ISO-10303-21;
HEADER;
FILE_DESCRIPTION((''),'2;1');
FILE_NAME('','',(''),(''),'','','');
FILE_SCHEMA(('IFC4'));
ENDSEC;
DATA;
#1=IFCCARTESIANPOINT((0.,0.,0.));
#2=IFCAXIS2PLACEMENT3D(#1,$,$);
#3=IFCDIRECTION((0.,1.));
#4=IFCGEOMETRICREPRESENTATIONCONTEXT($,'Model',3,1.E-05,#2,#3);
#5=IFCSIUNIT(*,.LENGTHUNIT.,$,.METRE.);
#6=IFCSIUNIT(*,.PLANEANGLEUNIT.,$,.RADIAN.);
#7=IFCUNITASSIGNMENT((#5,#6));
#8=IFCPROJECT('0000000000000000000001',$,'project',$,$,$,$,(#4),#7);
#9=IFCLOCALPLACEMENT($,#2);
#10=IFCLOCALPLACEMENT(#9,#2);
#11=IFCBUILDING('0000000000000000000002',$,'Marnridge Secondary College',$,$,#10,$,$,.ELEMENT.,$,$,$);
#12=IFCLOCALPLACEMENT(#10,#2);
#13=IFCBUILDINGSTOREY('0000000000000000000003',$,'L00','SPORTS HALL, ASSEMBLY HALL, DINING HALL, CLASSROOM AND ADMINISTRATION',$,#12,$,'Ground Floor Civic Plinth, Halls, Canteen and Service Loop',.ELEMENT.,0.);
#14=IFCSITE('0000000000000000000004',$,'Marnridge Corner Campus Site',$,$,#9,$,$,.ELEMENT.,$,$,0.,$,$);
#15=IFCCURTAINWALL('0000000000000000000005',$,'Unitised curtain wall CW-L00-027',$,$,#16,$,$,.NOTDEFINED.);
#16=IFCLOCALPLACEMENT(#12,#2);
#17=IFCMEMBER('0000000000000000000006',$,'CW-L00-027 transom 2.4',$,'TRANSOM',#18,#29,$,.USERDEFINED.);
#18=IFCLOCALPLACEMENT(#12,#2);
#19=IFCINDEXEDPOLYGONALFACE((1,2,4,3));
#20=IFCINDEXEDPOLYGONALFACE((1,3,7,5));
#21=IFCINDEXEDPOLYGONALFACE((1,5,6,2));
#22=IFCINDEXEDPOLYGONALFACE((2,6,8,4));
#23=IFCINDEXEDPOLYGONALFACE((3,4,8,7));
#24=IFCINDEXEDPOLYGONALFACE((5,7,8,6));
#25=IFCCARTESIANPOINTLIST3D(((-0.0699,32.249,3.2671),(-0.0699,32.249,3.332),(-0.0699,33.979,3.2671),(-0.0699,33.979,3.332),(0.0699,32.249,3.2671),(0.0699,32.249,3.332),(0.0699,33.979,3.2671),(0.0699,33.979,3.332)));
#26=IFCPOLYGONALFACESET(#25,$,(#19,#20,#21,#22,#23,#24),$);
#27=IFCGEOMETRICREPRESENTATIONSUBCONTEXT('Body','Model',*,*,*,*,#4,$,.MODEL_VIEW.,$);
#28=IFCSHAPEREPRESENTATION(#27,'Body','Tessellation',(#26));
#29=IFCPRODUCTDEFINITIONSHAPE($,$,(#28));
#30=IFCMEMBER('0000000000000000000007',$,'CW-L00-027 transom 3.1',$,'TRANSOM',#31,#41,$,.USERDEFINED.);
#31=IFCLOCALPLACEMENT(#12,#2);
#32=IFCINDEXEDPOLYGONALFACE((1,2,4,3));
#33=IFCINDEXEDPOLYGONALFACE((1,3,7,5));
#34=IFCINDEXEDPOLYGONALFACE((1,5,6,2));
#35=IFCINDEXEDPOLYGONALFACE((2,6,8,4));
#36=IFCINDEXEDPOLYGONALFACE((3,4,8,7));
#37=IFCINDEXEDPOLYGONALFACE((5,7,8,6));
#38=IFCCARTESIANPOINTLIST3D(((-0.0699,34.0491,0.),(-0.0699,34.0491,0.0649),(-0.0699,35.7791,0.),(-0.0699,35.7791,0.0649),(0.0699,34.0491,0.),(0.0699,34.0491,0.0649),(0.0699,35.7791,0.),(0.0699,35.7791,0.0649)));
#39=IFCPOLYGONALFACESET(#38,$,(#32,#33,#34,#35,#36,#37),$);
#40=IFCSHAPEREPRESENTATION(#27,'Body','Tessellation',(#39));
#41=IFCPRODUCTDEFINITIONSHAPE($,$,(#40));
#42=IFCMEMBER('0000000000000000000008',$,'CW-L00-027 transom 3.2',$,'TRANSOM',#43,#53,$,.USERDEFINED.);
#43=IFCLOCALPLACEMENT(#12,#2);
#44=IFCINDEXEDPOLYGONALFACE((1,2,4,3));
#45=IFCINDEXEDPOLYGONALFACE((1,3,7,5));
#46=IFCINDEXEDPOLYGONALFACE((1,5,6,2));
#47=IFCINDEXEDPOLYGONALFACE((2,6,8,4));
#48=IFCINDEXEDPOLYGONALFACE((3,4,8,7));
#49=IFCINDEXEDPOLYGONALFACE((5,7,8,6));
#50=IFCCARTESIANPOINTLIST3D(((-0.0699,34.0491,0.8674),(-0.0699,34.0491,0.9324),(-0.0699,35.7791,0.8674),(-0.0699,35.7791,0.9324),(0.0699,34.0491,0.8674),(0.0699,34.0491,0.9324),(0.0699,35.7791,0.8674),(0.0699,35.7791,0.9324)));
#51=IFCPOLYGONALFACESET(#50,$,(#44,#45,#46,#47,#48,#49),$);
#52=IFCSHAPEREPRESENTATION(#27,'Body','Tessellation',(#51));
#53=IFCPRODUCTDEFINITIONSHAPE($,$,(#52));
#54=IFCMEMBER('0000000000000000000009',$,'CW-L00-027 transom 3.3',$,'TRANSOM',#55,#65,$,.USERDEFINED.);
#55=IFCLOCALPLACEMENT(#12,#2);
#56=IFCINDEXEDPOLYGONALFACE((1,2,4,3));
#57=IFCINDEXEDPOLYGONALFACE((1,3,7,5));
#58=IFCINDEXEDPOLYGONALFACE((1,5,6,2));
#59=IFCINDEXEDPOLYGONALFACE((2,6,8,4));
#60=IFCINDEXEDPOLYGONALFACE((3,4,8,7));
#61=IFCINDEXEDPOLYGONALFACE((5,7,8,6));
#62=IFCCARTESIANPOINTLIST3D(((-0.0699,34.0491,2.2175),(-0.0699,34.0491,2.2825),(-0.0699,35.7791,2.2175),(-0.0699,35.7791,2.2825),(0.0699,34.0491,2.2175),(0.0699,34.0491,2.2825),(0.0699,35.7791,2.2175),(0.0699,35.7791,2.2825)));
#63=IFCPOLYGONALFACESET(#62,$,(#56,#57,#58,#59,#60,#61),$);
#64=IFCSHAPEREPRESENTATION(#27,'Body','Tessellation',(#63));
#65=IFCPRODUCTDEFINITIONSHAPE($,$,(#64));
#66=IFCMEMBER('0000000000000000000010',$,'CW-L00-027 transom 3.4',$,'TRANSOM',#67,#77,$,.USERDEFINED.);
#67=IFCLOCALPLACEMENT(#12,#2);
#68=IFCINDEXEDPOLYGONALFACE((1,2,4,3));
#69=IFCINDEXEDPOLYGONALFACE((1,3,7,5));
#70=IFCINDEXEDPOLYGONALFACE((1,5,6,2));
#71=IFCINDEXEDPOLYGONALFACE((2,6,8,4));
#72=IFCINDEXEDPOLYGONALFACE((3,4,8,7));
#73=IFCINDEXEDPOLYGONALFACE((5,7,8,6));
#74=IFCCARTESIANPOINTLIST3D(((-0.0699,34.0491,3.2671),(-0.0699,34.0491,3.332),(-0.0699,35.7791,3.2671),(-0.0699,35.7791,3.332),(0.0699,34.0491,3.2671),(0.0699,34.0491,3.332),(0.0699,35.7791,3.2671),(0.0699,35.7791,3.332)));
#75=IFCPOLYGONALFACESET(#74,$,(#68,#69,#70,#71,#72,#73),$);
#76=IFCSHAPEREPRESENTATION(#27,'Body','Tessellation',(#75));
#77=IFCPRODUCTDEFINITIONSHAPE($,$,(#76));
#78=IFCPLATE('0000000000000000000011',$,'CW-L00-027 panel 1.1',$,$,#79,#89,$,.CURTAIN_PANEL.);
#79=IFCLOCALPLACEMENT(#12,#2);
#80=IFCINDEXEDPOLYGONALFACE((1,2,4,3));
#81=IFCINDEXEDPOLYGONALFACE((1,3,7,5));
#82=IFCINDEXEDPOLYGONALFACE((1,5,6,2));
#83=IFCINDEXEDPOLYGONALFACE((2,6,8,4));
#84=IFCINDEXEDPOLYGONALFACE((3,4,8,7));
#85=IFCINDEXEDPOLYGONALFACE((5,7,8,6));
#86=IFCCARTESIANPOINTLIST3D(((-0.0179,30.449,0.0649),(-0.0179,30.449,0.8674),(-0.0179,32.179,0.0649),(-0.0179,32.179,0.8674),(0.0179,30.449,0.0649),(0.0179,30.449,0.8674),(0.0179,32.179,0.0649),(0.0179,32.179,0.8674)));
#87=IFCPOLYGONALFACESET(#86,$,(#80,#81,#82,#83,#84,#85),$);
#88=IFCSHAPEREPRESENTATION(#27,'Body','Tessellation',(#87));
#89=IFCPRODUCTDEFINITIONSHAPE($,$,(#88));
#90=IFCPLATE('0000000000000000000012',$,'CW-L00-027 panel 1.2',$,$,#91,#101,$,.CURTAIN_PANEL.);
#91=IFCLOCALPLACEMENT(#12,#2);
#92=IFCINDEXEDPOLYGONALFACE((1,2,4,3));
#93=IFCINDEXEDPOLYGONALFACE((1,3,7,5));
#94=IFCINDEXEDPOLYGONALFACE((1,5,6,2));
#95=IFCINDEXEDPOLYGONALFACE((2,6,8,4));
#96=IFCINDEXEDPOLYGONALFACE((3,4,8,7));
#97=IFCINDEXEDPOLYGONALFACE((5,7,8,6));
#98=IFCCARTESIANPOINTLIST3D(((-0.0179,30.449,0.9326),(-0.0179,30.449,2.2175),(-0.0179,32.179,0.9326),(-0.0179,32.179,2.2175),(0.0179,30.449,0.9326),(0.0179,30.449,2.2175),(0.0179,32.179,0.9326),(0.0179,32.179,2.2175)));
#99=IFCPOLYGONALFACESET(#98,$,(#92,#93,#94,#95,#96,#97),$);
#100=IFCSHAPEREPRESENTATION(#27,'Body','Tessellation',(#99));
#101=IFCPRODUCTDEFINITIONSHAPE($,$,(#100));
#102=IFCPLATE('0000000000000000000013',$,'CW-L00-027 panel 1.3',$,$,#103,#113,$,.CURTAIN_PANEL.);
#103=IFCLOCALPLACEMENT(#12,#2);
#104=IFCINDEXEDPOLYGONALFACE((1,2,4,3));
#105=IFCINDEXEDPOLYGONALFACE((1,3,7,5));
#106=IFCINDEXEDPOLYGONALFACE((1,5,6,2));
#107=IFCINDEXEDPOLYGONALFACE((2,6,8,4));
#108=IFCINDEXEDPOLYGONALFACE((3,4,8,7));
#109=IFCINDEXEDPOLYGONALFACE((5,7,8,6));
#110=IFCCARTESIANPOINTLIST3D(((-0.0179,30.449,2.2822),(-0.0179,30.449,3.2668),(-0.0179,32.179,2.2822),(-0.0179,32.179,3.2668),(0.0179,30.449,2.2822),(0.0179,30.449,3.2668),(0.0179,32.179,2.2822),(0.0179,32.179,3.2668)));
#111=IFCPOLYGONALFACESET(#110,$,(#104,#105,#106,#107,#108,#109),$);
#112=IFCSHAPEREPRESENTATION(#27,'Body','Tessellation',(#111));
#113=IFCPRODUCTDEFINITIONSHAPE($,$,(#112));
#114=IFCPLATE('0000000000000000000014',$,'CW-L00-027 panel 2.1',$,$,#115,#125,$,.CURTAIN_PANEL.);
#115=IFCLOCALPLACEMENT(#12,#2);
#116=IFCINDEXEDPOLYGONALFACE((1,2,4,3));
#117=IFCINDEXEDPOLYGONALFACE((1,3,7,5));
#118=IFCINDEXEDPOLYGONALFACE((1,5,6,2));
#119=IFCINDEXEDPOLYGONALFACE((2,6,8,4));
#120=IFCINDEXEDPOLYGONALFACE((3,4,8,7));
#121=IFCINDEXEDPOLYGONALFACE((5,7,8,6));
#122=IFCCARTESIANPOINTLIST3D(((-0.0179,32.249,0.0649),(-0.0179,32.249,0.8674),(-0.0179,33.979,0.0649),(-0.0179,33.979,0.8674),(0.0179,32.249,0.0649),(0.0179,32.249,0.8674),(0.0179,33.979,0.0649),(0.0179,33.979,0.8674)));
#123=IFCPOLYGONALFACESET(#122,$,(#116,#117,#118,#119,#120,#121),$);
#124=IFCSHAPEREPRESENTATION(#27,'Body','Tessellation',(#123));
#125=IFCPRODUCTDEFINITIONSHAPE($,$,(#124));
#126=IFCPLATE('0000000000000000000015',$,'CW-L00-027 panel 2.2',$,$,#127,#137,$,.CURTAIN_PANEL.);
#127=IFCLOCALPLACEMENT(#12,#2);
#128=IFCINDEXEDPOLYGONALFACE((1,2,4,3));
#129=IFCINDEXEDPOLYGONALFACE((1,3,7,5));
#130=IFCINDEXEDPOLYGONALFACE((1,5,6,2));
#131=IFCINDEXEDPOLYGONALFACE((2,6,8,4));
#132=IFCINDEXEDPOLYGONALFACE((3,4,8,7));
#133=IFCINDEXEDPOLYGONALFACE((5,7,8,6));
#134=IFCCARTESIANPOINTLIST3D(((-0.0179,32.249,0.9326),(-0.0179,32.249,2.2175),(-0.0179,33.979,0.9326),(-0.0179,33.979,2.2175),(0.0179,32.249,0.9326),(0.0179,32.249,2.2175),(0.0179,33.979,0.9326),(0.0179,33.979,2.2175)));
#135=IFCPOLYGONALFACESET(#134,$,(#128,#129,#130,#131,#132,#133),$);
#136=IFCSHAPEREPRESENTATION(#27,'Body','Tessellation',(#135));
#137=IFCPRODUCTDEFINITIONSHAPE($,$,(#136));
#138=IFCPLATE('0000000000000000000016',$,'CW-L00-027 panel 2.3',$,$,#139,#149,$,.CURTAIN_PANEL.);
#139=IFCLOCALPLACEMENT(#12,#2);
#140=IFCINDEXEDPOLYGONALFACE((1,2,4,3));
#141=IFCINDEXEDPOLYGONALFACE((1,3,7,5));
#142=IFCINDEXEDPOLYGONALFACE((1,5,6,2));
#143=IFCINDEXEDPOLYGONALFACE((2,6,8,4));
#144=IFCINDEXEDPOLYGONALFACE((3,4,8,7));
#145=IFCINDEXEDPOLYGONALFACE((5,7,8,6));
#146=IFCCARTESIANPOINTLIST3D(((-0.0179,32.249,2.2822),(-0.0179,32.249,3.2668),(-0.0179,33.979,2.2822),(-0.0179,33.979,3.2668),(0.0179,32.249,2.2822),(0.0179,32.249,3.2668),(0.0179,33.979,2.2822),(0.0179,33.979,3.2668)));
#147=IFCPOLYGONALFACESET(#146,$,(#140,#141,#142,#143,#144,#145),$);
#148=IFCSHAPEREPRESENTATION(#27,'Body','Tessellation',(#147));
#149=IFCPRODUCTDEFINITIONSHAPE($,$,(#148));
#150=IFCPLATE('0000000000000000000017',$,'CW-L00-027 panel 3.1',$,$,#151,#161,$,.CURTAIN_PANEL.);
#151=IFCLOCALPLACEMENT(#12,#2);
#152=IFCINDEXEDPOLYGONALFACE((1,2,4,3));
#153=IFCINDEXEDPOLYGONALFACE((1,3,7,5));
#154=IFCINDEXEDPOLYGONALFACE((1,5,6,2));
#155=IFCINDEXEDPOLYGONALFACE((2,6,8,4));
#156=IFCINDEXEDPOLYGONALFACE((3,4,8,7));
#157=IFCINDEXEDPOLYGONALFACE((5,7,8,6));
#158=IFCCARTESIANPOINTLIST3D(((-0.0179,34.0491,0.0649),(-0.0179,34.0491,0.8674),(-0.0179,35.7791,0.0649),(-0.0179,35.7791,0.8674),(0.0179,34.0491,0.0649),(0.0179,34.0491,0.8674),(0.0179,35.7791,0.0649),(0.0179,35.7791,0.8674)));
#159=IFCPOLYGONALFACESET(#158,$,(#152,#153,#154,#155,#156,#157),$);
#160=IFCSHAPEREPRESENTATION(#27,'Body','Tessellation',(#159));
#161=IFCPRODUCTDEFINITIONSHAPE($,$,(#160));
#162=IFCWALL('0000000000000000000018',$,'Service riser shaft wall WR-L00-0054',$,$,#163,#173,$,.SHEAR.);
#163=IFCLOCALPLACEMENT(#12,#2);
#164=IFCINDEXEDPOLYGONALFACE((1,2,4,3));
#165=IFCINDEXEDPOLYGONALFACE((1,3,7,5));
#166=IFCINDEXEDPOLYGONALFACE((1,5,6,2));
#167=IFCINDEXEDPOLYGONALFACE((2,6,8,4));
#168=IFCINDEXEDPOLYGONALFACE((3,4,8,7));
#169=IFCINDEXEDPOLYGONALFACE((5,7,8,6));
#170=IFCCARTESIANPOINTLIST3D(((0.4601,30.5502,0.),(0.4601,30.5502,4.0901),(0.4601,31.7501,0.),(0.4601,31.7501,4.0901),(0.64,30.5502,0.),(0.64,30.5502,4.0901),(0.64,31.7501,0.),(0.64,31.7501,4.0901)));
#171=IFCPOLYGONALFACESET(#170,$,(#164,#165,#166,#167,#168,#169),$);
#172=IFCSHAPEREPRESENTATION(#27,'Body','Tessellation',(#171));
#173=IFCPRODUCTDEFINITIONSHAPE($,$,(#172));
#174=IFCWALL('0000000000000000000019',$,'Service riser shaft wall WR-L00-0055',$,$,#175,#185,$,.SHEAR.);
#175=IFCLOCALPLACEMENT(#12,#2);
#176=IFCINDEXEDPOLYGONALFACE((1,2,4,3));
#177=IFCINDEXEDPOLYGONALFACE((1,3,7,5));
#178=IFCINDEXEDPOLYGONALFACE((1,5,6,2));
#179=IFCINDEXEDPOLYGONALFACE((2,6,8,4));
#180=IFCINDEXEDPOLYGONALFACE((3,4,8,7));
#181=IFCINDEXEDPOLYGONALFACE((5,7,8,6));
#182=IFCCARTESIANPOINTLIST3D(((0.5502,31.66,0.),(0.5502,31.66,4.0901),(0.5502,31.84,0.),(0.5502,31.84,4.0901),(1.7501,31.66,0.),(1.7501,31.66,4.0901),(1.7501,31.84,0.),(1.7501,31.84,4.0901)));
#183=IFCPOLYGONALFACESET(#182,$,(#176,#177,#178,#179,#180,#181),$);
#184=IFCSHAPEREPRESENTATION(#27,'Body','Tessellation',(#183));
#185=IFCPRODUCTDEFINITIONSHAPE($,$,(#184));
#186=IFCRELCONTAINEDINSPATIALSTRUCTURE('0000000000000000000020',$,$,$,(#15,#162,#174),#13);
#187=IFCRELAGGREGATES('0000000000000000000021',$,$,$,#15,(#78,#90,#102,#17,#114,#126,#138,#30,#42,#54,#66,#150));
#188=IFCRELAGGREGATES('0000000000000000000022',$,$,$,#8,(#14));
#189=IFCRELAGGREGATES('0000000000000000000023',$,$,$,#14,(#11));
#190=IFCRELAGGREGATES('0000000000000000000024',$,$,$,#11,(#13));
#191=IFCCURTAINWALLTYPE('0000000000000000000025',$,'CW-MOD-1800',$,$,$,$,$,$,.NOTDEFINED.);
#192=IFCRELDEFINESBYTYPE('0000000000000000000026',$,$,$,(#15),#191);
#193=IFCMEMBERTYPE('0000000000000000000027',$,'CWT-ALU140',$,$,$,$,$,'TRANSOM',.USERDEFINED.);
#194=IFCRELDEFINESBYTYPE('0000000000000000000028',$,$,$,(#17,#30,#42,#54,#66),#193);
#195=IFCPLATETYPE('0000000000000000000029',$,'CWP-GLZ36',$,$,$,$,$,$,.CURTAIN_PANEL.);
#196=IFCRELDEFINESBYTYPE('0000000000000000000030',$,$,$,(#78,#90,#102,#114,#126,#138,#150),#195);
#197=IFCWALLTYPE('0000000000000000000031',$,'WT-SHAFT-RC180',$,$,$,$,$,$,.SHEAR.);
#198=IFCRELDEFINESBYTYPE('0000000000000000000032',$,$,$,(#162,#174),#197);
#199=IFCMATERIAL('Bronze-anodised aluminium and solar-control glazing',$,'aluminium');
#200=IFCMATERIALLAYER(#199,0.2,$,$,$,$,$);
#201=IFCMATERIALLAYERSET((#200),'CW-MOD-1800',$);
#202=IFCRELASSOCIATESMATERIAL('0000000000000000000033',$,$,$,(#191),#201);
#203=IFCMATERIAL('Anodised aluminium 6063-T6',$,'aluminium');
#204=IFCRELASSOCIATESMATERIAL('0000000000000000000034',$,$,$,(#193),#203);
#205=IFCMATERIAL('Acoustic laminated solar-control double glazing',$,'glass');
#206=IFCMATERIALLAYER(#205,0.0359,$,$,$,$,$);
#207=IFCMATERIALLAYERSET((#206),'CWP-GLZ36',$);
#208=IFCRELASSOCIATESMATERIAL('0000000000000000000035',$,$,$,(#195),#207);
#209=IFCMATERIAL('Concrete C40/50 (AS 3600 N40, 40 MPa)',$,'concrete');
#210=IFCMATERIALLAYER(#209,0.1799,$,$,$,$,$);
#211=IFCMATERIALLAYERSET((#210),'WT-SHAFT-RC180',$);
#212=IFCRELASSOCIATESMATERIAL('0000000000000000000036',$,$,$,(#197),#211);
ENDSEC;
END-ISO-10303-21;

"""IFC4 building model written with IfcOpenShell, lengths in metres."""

from ifc_helpers import new_model, si_unit, direction, frame, frame_2d, origin, origin_2d, place, context, subcontext, project, spatial, rectangle, extrude, material, layer, layer_set, material_profile, profile_set, type_object, element, aggregate, save


model = new_model("IFC4")

# Units and contexts
model_context = context("Model", 3, precision=1e-05, world=origin(), true_north=direction((0.0, 1.0)))
body_context = subcontext(model_context, "Body", "Model", "MODEL_VIEW")
ifc_project = project(units=[si_unit("LENGTHUNIT", "METRE"), si_unit("PLANEANGLEUNIT", "RADIAN")], contexts=[model_context])

# Site, building, storey
site_placement = place(None, origin())
site = spatial("IfcSite", under=ifc_project, at=site_placement, Name="Marnridge Corner Campus Site", CompositionType="ELEMENT", RefElevation=0.0)
building_placement = place(site_placement, origin())
building = spatial("IfcBuilding", under=site, at=building_placement, Name="Marnridge Secondary College", CompositionType="ELEMENT")
storey_placement = place(building_placement, origin())
storey = spatial("IfcBuildingStorey", under=building, at=storey_placement, Name="L00", Description="SPORTS HALL, ASSEMBLY HALL, DINING HALL, CLASSROOM AND ADMINISTRATION", LongName="Ground Floor Civic Plinth, Halls, Canteen and Service Loop", CompositionType="ELEMENT", Elevation=0.0)

# Curtain wall, members, plates
ifc_material_1 = material(Name="Bronze-anodised aluminium and solar-control glazing", Category="aluminium")
ifc_layer_1 = layer(ifc_material_1, 0.2)
ifc_layer_set_1 = layer_set([ifc_layer_1], Name="CW-MOD-1800")
curtain_wall_type = type_object("IfcCurtainWallType", Name="CW-MOD-1800", PredefinedType="NOTDEFINED", material=ifc_layer_set_1)
curtain_wall_placement = place(storey_placement, origin())
curtain_wall = element("IfcCurtainWall", 1, at=curtain_wall_placement, inside=storey, type_object=curtain_wall_type, Name="Unitised curtain wall CW-L00-027", PredefinedType="NOTDEFINED")
ifc_material_2 = material(Name="Anodised aluminium 6063-T6", Category="aluminium")
ifc_material_profile_1 = material_profile(ifc_material_2, rectangle(XDim=0.0649, YDim=0.1399, at=origin_2d()), Name="ALU 65x140")
ifc_profile_set_1 = profile_set([ifc_material_profile_1], Name="Anodised aluminium 6063-T6")
member_type_1 = type_object("IfcMemberType", Name="CWT-ALU140", ElementType="TRANSOM", PredefinedType="USERDEFINED", material=ifc_profile_set_1)
member_1_placement = place(storey_placement, frame((0.0, 32.249, 3.2996), z_axis=(0.0, 1.0, 0.0), x_axis=(0.0, 0.0, 1.0)))
member_1 = element("IfcMember", 2, at=member_1_placement, type_object=member_type_1, Name="CW-L00-027 transom 2.4", ObjectType="TRANSOM", PredefinedType="USERDEFINED", context=body_context, shape_type="SweptSolid", body=[
    extrude(rectangle(XDim=0.0649, YDim=0.1399, at=origin_2d()), origin(), (0.0, 0.0, 1.0), 1.73),
])
member_2_placement = place(storey_placement, frame((0.0, 34.0491, 0.0325), z_axis=(0.0, 1.0, 0.0), x_axis=(0.0, 0.0, 1.0)))
member_2 = element("IfcMember", 3, at=member_2_placement, type_object=member_type_1, Name="CW-L00-027 transom 3.1", ObjectType="TRANSOM", PredefinedType="USERDEFINED", context=body_context, shape_type="SweptSolid", body=[
    extrude(rectangle(XDim=0.0649, YDim=0.1399, at=origin_2d()), origin(), (0.0, 0.0, 1.0), 1.73),
])
member_3_placement = place(storey_placement, frame((0.0, 34.0491, 0.8999), z_axis=(0.0, 1.0, 0.0), x_axis=(0.0, 0.0, 1.0)))
member_3 = element("IfcMember", 4, at=member_3_placement, type_object=member_type_1, Name="CW-L00-027 transom 3.2", ObjectType="TRANSOM", PredefinedType="USERDEFINED", context=body_context, shape_type="SweptSolid", body=[
    extrude(rectangle(XDim=0.0649, YDim=0.1399, at=origin_2d()), origin(), (0.0, 0.0, 1.0), 1.73),
])
member_4_placement = place(storey_placement, frame((0.0, 34.0491, 2.25), z_axis=(0.0, 1.0, 0.0), x_axis=(0.0, 0.0, 1.0)))
member_4 = element("IfcMember", 5, at=member_4_placement, type_object=member_type_1, Name="CW-L00-027 transom 3.3", ObjectType="TRANSOM", PredefinedType="USERDEFINED", context=body_context, shape_type="SweptSolid", body=[
    extrude(rectangle(XDim=0.0649, YDim=0.1399, at=origin_2d()), origin(), (0.0, 0.0, 1.0), 1.73),
])
member_5_placement = place(storey_placement, frame((0.0, 34.0491, 3.2996), z_axis=(0.0, 1.0, 0.0), x_axis=(0.0, 0.0, 1.0)))
member_5 = element("IfcMember", 6, at=member_5_placement, type_object=member_type_1, Name="CW-L00-027 transom 3.4", ObjectType="TRANSOM", PredefinedType="USERDEFINED", context=body_context, shape_type="SweptSolid", body=[
    extrude(rectangle(XDim=0.0649, YDim=0.1399, at=origin_2d()), origin(), (0.0, 0.0, 1.0), 1.73),
])
ifc_material_3 = material(Name="Acoustic laminated solar-control double glazing", Category="glass")
ifc_layer_2 = layer(ifc_material_3, 0.0359)
ifc_layer_set_2 = layer_set([ifc_layer_2], Name="CWP-GLZ36")
plate_type = type_object("IfcPlateType", Name="CWP-GLZ36", PredefinedType="CURTAIN_PANEL", material=ifc_layer_set_2)
plate_1_placement = place(storey_placement, frame((0.0, 31.314, 0.0649), z_axis=(0.0, 0.0, 1.0), x_axis=(0.0, 1.0, 0.0)))
plate_1 = element("IfcPlate", 7, at=plate_1_placement, type_object=plate_type, Name="CW-L00-027 panel 1.1", PredefinedType="CURTAIN_PANEL", context=body_context, shape_type="SweptSolid", body=[
    extrude(rectangle(XDim=1.73, YDim=0.0359, at=origin_2d()), origin(), (0.0, 0.0, 1.0), 0.8025),
])
plate_2_placement = place(storey_placement, frame((0.0, 31.314, 0.9326), z_axis=(0.0, 0.0, 1.0), x_axis=(0.0, 1.0, 0.0)))
plate_2 = element("IfcPlate", 8, at=plate_2_placement, type_object=plate_type, Name="CW-L00-027 panel 1.2", PredefinedType="CURTAIN_PANEL", context=body_context, shape_type="SweptSolid", body=[
    extrude(rectangle(XDim=1.73, YDim=0.0359, at=origin_2d()), origin(), (0.0, 0.0, 1.0), 1.2849),
])
plate_3_placement = place(storey_placement, frame((0.0, 31.314, 2.2822), z_axis=(0.0, 0.0, 1.0), x_axis=(0.0, 1.0, 0.0)))
plate_3 = element("IfcPlate", 9, at=plate_3_placement, type_object=plate_type, Name="CW-L00-027 panel 1.3", PredefinedType="CURTAIN_PANEL", context=body_context, shape_type="SweptSolid", body=[
    extrude(rectangle(XDim=1.73, YDim=0.0359, at=origin_2d()), origin(), (0.0, 0.0, 1.0), 0.9846),
])
plate_4_placement = place(storey_placement, frame((0.0, 33.114, 0.0649), z_axis=(0.0, 0.0, 1.0), x_axis=(0.0, 1.0, 0.0)))
plate_4 = element("IfcPlate", 10, at=plate_4_placement, type_object=plate_type, Name="CW-L00-027 panel 2.1", PredefinedType="CURTAIN_PANEL", context=body_context, shape_type="SweptSolid", body=[
    extrude(rectangle(XDim=1.73, YDim=0.0359, at=origin_2d()), origin(), (0.0, 0.0, 1.0), 0.8025),
])
plate_5_placement = place(storey_placement, frame((0.0, 33.114, 0.9326), z_axis=(0.0, 0.0, 1.0), x_axis=(0.0, 1.0, 0.0)))
plate_5 = element("IfcPlate", 11, at=plate_5_placement, type_object=plate_type, Name="CW-L00-027 panel 2.2", PredefinedType="CURTAIN_PANEL", context=body_context, shape_type="SweptSolid", body=[
    extrude(rectangle(XDim=1.73, YDim=0.0359, at=origin_2d()), origin(), (0.0, 0.0, 1.0), 1.2849),
])
plate_6_placement = place(storey_placement, frame((0.0, 33.114, 2.2822), z_axis=(0.0, 0.0, 1.0), x_axis=(0.0, 1.0, 0.0)))
plate_6 = element("IfcPlate", 12, at=plate_6_placement, type_object=plate_type, Name="CW-L00-027 panel 2.3", PredefinedType="CURTAIN_PANEL", context=body_context, shape_type="SweptSolid", body=[
    extrude(rectangle(XDim=1.73, YDim=0.0359, at=origin_2d()), origin(), (0.0, 0.0, 1.0), 0.9846),
])
plate_7_placement = place(storey_placement, frame((0.0, 34.9141, 0.0649), z_axis=(0.0, 0.0, 1.0), x_axis=(0.0, 1.0, 0.0)))
plate_7 = element("IfcPlate", 13, at=plate_7_placement, type_object=plate_type, Name="CW-L00-027 panel 3.1", PredefinedType="CURTAIN_PANEL", context=body_context, shape_type="SweptSolid", body=[
    extrude(rectangle(XDim=1.73, YDim=0.0359, at=origin_2d()), origin(), (0.0, 0.0, 1.0), 0.8025),
])
aggregate(curtain_wall, [plate_1, plate_2, plate_3, member_1, plate_4, plate_5, plate_6, member_2, member_3, member_4, member_5, plate_7])

# Walls
ifc_material_4 = material(Name="Concrete C40/50 (AS 3600 N40, 40 MPa)", Category="concrete")
ifc_layer_3 = layer(ifc_material_4, 0.1799)
ifc_layer_set_3 = layer_set([ifc_layer_3], Name="WT-SHAFT-RC180")
wall_type = type_object("IfcWallType", Name="WT-SHAFT-RC180", PredefinedType="SHEAR", material=ifc_layer_set_3)
for number, where, z_axis, x_axis, name in (
    (14, (0.55, 30.55, 0.0), (0.0, 0.0, 1.0), (0.0, 1.0, 0.0), "Service riser shaft wall WR-L00-0054"),
    (15, (0.55, 31.75, 0.0), (0.0, 0.0, 1.0), (1.0, 0.0, 0.0), "Service riser shaft wall WR-L00-0055"),
):
    element("IfcWall", number, at=place(storey_placement, frame(where, z_axis=z_axis, x_axis=x_axis)), inside=storey, type_object=wall_type, Name=name, PredefinedType="SHEAR", context=body_context, shape_type="SweptSolid", body=[
        extrude(rectangle(XDim=1.2, YDim=0.1799, at=frame_2d((0.6001, 0.0))), origin(), (0.0, 0.0, 1.0), 4.0901),
    ])

save(model, "model.ifc")
